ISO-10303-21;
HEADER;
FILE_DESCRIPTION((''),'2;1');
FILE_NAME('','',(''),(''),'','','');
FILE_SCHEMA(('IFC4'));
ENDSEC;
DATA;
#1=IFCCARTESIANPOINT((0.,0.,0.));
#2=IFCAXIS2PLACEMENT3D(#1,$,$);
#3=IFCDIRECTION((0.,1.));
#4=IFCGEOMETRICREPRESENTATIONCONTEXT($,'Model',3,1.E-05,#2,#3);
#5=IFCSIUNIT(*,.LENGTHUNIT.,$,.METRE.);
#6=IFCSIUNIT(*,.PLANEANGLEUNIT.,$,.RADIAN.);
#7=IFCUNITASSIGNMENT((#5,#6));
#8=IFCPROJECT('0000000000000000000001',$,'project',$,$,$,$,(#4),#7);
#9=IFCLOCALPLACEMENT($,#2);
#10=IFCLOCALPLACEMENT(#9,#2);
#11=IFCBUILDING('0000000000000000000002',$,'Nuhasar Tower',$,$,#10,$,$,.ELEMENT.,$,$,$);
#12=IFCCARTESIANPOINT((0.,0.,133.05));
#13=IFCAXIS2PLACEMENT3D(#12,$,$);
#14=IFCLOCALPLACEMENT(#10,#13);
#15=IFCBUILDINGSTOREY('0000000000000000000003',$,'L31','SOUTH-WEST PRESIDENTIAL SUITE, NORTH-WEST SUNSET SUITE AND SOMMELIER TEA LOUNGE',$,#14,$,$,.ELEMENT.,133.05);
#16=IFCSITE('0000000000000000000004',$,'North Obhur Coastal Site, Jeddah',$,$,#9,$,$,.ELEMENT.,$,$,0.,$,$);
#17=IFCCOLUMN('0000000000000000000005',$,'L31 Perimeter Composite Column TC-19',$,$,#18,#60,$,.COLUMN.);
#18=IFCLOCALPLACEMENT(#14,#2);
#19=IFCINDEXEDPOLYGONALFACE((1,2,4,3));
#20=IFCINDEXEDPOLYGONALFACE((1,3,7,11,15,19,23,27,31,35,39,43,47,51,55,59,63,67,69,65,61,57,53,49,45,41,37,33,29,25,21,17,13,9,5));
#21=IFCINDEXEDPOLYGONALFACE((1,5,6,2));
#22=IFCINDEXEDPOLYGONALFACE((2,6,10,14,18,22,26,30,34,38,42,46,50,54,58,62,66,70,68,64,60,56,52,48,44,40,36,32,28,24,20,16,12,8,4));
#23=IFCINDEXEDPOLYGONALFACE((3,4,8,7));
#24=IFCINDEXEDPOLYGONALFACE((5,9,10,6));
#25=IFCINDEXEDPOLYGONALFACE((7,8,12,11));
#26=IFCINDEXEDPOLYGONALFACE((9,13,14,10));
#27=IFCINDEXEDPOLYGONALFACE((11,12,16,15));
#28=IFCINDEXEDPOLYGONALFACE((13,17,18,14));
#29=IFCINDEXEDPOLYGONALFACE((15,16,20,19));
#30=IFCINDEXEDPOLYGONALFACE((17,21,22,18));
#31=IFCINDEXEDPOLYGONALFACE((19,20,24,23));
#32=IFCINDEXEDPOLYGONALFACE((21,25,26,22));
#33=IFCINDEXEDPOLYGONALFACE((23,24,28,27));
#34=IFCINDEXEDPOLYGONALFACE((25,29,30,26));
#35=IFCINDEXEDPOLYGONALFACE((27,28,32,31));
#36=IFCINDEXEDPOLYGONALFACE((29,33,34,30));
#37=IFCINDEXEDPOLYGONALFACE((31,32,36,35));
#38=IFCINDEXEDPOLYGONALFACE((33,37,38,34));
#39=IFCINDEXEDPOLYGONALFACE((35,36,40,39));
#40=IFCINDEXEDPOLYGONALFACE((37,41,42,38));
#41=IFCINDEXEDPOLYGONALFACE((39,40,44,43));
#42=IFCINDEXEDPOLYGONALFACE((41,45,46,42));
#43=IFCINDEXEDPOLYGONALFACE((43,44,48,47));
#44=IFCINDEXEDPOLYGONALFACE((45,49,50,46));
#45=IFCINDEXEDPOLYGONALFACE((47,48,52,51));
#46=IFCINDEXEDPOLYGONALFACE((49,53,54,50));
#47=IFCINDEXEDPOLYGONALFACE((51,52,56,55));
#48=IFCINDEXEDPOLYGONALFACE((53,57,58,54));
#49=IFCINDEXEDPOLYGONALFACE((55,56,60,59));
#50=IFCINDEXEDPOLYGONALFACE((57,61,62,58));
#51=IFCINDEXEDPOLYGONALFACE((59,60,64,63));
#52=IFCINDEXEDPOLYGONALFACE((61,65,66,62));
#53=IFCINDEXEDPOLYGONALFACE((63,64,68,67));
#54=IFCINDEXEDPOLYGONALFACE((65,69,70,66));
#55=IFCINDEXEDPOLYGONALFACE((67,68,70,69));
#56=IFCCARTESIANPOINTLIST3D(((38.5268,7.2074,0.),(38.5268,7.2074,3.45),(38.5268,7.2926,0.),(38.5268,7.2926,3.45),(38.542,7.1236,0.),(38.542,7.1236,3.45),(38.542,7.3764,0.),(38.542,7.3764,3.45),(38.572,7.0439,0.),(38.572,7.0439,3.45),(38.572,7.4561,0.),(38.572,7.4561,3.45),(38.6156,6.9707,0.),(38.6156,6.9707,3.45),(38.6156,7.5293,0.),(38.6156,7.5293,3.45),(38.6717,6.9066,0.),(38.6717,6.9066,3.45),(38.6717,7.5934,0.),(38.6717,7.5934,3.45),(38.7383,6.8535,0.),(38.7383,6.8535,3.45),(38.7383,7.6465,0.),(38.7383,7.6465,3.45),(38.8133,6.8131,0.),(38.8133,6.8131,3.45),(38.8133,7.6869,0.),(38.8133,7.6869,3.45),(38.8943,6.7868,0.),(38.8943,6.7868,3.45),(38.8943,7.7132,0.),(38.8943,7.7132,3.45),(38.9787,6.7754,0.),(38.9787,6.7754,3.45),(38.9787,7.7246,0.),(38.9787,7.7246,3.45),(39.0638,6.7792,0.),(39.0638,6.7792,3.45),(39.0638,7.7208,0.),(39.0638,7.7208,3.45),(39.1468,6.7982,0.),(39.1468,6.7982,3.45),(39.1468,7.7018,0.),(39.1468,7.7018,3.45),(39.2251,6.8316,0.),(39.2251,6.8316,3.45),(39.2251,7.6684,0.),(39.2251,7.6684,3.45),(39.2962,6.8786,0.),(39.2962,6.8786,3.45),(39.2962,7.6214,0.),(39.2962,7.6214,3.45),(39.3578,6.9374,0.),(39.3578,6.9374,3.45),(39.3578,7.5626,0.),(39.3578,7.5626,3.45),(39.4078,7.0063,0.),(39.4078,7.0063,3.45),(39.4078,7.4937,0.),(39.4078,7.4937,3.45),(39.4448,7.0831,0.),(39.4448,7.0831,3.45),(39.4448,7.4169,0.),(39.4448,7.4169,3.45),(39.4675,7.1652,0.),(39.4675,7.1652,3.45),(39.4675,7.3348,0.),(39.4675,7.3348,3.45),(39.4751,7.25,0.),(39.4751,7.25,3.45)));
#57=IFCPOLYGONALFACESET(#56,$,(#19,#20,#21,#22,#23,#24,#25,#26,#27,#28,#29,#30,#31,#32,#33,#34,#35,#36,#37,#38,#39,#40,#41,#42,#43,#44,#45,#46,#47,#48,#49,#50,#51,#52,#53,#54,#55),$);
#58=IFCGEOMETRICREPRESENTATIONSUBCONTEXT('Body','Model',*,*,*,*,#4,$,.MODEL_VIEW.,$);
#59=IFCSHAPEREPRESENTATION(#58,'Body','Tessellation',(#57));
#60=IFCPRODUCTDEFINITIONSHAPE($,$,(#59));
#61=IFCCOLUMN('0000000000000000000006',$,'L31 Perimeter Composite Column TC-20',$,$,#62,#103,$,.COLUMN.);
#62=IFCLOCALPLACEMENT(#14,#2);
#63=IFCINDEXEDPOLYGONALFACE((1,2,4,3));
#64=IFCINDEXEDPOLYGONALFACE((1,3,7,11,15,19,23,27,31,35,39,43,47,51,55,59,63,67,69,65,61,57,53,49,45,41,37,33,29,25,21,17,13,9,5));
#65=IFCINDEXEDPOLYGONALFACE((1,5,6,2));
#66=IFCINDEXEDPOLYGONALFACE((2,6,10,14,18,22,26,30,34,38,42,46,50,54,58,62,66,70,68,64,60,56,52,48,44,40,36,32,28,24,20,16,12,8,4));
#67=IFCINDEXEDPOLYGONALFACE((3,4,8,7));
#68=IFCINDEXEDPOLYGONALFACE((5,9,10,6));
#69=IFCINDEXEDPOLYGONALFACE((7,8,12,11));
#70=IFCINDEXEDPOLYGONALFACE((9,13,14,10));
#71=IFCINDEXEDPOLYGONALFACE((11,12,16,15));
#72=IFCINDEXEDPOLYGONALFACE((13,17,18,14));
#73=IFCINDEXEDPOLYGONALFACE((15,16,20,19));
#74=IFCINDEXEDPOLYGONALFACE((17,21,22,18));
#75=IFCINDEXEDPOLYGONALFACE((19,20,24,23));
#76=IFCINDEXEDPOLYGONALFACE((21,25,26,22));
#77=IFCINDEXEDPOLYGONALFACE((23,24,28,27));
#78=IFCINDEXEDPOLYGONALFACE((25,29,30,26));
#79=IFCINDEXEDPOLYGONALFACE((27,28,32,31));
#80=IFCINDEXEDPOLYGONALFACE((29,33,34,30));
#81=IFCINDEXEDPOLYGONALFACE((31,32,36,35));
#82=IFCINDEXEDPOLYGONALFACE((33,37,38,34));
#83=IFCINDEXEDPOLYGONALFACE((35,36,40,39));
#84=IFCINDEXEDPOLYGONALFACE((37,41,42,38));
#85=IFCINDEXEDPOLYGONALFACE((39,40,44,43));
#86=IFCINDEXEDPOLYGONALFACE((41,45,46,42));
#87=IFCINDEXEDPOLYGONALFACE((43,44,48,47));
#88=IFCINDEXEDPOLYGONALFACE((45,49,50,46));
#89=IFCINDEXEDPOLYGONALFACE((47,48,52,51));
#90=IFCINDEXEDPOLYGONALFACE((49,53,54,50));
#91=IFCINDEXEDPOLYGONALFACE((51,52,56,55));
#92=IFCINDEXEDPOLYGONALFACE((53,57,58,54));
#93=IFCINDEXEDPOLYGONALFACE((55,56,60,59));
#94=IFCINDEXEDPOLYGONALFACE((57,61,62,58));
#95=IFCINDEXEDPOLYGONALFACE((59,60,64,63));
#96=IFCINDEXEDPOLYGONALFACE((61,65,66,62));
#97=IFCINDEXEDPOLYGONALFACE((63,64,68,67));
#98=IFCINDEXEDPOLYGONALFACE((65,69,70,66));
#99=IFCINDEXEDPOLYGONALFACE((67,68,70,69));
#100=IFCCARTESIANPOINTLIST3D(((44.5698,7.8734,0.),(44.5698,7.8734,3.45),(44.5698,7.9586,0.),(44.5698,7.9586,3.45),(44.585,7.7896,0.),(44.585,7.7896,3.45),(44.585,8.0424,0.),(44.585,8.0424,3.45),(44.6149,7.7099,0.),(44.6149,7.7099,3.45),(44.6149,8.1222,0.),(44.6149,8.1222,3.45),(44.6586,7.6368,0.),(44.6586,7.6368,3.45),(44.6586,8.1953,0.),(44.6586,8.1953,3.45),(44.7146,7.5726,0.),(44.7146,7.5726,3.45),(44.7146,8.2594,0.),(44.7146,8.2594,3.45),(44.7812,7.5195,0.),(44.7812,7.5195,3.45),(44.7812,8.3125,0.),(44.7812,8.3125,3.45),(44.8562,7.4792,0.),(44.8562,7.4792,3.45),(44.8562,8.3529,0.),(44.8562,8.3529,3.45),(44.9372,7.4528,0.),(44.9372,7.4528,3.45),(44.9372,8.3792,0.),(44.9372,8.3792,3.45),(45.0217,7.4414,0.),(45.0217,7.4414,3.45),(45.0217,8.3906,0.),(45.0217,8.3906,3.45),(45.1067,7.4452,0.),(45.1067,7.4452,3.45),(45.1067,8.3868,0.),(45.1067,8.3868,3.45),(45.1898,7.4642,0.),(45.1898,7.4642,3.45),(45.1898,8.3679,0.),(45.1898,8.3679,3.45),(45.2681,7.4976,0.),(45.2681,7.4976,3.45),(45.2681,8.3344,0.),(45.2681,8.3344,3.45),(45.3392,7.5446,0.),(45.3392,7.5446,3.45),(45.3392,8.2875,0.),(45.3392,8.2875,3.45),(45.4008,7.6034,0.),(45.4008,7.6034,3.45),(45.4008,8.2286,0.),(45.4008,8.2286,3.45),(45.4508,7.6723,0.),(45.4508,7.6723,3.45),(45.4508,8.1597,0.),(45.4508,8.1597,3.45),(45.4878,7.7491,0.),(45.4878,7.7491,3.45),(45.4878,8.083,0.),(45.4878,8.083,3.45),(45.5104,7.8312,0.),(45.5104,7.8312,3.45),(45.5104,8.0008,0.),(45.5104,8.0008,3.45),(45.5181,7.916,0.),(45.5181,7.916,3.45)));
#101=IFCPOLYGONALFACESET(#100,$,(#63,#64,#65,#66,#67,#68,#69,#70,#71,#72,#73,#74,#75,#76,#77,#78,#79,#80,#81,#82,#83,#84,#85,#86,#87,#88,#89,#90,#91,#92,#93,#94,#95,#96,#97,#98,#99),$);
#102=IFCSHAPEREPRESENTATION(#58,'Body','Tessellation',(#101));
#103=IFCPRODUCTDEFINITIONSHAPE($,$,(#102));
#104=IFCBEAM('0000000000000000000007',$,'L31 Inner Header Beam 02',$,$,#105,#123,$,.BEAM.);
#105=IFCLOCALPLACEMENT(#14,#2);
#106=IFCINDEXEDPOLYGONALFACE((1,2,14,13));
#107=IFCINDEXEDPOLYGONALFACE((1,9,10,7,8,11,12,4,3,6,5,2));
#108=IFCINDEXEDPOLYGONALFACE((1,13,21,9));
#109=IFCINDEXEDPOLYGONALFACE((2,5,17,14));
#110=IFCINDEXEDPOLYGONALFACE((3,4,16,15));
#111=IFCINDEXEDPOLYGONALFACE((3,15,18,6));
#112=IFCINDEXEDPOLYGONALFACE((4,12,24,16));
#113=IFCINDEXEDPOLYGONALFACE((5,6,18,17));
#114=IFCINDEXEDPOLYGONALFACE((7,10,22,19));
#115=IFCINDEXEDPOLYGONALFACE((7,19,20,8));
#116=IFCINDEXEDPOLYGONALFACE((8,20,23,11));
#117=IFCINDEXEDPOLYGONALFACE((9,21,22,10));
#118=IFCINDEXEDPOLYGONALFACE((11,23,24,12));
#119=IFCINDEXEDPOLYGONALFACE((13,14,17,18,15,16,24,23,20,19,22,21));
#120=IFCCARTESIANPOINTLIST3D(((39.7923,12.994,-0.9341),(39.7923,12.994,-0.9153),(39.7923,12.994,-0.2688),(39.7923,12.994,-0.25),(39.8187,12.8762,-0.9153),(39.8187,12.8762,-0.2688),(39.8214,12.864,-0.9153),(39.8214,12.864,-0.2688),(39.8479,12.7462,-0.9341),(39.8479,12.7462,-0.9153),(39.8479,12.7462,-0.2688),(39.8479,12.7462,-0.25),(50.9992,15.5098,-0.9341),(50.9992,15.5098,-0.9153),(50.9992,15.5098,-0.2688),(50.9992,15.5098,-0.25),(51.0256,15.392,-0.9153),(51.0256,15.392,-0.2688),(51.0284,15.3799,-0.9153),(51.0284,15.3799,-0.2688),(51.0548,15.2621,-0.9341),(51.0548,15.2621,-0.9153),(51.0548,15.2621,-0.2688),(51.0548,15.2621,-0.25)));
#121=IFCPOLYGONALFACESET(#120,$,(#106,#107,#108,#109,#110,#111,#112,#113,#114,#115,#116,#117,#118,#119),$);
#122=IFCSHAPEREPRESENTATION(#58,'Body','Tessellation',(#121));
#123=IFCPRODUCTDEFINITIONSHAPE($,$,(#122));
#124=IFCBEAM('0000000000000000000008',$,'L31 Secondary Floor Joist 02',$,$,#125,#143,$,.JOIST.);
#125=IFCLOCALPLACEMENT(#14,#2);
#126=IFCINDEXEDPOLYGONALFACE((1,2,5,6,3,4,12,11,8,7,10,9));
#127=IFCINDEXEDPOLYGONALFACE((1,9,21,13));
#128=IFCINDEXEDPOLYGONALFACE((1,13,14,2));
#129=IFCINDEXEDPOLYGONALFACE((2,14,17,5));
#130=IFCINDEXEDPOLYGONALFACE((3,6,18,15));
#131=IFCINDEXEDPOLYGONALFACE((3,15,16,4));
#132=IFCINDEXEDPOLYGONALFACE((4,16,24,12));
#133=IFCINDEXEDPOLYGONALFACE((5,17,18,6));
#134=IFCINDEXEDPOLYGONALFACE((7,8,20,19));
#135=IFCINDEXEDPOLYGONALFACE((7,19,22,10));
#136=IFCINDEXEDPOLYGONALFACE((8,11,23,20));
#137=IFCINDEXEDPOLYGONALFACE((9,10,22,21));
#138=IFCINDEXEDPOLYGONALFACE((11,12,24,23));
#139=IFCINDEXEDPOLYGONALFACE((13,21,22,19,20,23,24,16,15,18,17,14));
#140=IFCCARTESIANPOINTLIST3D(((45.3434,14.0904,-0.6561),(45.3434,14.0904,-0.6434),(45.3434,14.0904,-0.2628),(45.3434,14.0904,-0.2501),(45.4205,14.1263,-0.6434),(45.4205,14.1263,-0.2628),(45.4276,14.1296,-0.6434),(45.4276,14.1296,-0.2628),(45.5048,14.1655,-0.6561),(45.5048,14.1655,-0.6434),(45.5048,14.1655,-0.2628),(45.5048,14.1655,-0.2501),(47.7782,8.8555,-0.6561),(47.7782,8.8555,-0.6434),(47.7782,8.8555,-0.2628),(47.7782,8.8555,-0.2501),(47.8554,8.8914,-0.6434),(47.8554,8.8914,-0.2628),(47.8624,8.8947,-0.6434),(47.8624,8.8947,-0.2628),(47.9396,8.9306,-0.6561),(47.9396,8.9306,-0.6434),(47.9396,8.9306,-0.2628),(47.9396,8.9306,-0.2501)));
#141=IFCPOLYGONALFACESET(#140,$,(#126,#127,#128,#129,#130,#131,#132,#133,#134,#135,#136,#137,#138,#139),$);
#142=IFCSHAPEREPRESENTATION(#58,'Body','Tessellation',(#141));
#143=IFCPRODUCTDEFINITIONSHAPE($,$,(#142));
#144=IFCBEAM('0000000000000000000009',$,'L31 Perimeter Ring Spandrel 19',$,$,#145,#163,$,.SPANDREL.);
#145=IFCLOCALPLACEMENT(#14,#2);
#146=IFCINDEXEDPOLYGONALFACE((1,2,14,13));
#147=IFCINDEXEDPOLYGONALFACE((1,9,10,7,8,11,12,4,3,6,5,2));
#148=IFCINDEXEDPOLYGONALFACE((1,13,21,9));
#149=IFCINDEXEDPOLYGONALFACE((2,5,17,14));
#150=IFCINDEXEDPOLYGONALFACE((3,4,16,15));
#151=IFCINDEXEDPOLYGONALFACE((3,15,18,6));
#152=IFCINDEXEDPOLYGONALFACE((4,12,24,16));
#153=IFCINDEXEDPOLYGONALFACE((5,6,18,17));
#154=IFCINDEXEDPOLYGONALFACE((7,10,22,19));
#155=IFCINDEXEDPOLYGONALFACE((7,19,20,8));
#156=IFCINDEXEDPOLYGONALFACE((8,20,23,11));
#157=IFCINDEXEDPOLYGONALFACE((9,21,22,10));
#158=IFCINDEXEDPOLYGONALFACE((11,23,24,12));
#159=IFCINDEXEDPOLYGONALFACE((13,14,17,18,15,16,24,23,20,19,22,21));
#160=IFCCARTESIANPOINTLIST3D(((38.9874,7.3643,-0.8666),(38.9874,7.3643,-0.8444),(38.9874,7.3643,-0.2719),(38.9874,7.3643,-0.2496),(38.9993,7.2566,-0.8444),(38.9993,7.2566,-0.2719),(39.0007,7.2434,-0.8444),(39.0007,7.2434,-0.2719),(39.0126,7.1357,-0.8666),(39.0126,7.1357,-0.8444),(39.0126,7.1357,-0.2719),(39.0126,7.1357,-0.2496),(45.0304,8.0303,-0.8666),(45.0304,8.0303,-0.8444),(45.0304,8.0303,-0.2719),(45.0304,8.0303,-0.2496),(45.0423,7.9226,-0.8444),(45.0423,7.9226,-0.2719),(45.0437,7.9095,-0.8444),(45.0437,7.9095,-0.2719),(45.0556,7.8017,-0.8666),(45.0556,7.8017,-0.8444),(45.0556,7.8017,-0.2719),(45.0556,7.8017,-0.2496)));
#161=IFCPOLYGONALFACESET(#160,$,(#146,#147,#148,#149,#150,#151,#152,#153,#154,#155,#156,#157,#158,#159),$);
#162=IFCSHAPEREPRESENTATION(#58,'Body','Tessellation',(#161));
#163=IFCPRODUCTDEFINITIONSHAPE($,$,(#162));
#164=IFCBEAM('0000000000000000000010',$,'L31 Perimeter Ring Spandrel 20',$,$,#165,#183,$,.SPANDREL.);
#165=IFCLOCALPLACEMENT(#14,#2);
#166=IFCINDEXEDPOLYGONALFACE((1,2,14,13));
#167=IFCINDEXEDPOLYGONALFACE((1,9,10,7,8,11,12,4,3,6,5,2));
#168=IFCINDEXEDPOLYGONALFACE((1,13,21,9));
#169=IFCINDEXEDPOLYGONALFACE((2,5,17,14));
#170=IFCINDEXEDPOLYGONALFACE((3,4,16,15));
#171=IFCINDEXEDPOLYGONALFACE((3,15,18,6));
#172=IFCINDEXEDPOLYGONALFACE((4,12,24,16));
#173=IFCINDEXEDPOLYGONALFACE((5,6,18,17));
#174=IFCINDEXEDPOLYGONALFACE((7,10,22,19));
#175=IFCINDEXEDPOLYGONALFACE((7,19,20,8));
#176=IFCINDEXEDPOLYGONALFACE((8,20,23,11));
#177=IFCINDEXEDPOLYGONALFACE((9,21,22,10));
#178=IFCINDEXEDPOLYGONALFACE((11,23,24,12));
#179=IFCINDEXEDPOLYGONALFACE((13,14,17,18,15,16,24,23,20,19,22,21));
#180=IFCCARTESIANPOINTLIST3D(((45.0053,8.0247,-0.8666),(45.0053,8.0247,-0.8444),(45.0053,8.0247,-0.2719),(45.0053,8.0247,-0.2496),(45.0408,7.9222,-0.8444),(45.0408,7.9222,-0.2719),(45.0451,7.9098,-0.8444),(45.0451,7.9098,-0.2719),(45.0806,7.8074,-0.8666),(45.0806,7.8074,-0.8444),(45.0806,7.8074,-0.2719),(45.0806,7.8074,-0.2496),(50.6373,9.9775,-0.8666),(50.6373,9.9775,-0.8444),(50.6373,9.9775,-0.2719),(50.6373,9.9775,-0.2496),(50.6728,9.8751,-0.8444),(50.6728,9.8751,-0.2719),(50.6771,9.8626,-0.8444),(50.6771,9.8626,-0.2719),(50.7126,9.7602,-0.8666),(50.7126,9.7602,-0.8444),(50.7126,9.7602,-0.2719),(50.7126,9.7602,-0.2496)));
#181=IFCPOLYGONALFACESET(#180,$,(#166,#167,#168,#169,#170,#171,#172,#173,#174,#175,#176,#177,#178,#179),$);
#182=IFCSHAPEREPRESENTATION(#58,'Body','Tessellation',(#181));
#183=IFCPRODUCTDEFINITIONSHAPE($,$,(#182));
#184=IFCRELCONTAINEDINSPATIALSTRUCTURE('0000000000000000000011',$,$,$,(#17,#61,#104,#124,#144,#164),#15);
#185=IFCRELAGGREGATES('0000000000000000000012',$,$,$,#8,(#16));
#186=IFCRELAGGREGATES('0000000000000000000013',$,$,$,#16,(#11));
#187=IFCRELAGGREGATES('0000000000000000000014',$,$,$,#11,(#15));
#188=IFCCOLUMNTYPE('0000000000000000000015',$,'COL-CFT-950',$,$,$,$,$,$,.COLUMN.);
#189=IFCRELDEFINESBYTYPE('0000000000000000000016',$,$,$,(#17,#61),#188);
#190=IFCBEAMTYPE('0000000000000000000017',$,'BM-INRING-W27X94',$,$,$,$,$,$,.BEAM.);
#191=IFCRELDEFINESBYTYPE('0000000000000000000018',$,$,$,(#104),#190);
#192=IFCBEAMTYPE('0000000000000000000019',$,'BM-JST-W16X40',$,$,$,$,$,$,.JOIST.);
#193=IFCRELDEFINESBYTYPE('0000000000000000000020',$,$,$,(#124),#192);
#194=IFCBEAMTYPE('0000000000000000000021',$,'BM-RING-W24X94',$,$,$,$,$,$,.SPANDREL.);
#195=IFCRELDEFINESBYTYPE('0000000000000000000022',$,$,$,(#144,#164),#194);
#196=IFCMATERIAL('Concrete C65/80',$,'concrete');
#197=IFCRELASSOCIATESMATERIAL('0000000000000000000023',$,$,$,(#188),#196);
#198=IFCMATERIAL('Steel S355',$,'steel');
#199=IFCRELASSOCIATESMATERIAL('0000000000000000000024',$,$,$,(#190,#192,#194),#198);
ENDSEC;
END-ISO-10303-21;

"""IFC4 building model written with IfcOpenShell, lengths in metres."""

from ifc_helpers import new_model, si_unit, direction, frame, origin, origin_2d, place, context, subcontext, project, spatial, circle, i_section, extrude, material, material_profile, profile_set, type_object, element, save


model = new_model("IFC4")

# Units and contexts
model_context = context("Model", 3, precision=1e-05, world=origin(), true_north=direction((0.0, 1.0)))
body_context = subcontext(model_context, "Body", "Model", "MODEL_VIEW")
ifc_project = project(units=[si_unit("LENGTHUNIT", "METRE"), si_unit("PLANEANGLEUNIT", "RADIAN")], contexts=[model_context])

# Site, building, storey
site_placement = place(None, origin())
site = spatial("IfcSite", under=ifc_project, at=site_placement, Name="North Obhur Coastal Site, Jeddah", CompositionType="ELEMENT", RefElevation=0.0)
building_placement = place(site_placement, origin())
building = spatial("IfcBuilding", under=site, at=building_placement, Name="Nuhasar Tower", CompositionType="ELEMENT")
storey_placement = place(building_placement, frame((0.0, 0.0, 133.05)))
storey = spatial("IfcBuildingStorey", under=building, at=storey_placement, Name="L31", Description="SOUTH-WEST PRESIDENTIAL SUITE, NORTH-WEST SUNSET SUITE AND SOMMELIER TEA LOUNGE", CompositionType="ELEMENT", Elevation=133.05)

# Columns
ifc_material_1 = material(Name="Concrete C65/80", Category="concrete")
ifc_material_profile_1 = material_profile(ifc_material_1, circle(Radius=0.4751, at=origin_2d()), Name="CFT950")
ifc_profile_set_1 = profile_set([ifc_material_profile_1], Name="Concrete C65/80")
column_type = type_object("IfcColumnType", Name="COL-CFT-950", PredefinedType="COLUMN", material=ifc_profile_set_1)
for number, where, z_axis, x_axis, name in (
    (1, (39.0, 7.25, 0.0), (0.0, 0.0, 1.0), (1.0, 0.0, 0.0), "L31 Perimeter Composite Column TC-19"),
    (2, (45.043, 7.916, 0.0), (0.0, 0.0, 1.0), (1.0, 0.0, 0.0), "L31 Perimeter Composite Column TC-20"),
):
    element("IfcColumn", number, at=place(storey_placement, frame(where, z_axis=z_axis, x_axis=x_axis)), inside=storey, type_object=column_type, Name=name, PredefinedType="COLUMN", context=body_context, shape_type="SweptSolid", body=[
        extrude(circle(Radius=0.4751, at=origin_2d()), origin(), (0.0, 0.0, 1.0), 3.45),
    ])

# Beams
ifc_material_2 = material(Name="Steel S355", Category="steel")
ifc_material_profile_2 = material_profile(ifc_material_2, i_section(OverallWidth=0.2539, OverallDepth=0.6841, WebThickness=0.0125, FlangeThickness=0.0188, at=origin_2d()), Name="W27X94")
ifc_profile_set_2 = profile_set([ifc_material_profile_2], Name="Steel S355")
beam_type_1 = type_object("IfcBeamType", Name="BM-INRING-W27X94", PredefinedType="BEAM", material=ifc_profile_set_2)
beam_1_placement = place(storey_placement, frame((39.8201, 12.8701, -0.592), z_axis=(0.975716, 0.219039, 0.0), x_axis=(-0.219039, 0.975716, 0.0)))
element("IfcBeam", 3, at=beam_1_placement, inside=storey, type_object=beam_type_1, Name="L31 Inner Header Beam 02", PredefinedType="BEAM", context=body_context, shape_type="SweptSolid", body=[
    extrude(i_section(OverallWidth=0.2539, OverallDepth=0.6841, WebThickness=0.0125, FlangeThickness=0.0188, at=origin_2d()), origin(), (0.0, 0.0, 1.0), 11.4858),
])
ifc_material_profile_3 = material_profile(ifc_material_2, i_section(OverallWidth=0.178, OverallDepth=0.406, WebThickness=0.0078, FlangeThickness=0.0127, at=origin_2d()), Name="W16X40")
ifc_profile_set_3 = profile_set([ifc_material_profile_3], Name="Steel S355")
beam_type_2 = type_object("IfcBeamType", Name="BM-JST-W16X40", PredefinedType="JOIST", material=ifc_profile_set_3)
beam_2_placement = place(storey_placement, frame((45.4241, 14.1279, -0.4531), z_axis=(0.42173, -0.906721, 0.0), x_axis=(0.906721, 0.42173, 0.0)))
element("IfcBeam", 4, at=beam_2_placement, inside=storey, type_object=beam_type_2, Name="L31 Secondary Floor Joist 02", PredefinedType="JOIST", context=body_context, shape_type="SweptSolid", body=[
    extrude(i_section(OverallWidth=0.178, OverallDepth=0.406, WebThickness=0.0078, FlangeThickness=0.0127, at=origin_2d()), origin(), (0.0, 0.0, 1.0), 5.7734),
])
ifc_material_profile_4 = material_profile(ifc_material_2, i_section(OverallWidth=0.23, OverallDepth=0.6169, WebThickness=0.0132, FlangeThickness=0.0222, at=origin_2d()), Name="W24X94")
ifc_profile_set_4 = profile_set([ifc_material_profile_4], Name="Steel S355")
beam_type_3 = type_object("IfcBeamType", Name="BM-RING-W24X94", PredefinedType="SPANDREL", material=ifc_profile_set_4)
beam_3_placement = place(storey_placement, frame((39.0, 7.25, -0.5581), z_axis=(0.993981, 0.10955, 0.0), x_axis=(-0.10955, 0.993981, 0.0)))
element("IfcBeam", 5, at=beam_3_placement, inside=storey, type_object=beam_type_3, Name="L31 Perimeter Ring Spandrel 19", PredefinedType="SPANDREL", context=body_context, shape_type="SweptSolid", body=[
    extrude(i_section(OverallWidth=0.23, OverallDepth=0.6169, WebThickness=0.0132, FlangeThickness=0.0222, at=origin_2d()), origin(), (0.0, 0.0, 1.0), 6.0796),
])
beam_4_placement = place(storey_placement, frame((45.043, 7.916, -0.5581), z_axis=(0.944814, 0.327607, 0.0), x_axis=(-0.327607, 0.944814, 0.0)))
element("IfcBeam", 6, at=beam_4_placement, inside=storey, type_object=beam_type_3, Name="L31 Perimeter Ring Spandrel 20", PredefinedType="SPANDREL", context=body_context, shape_type="SweptSolid", body=[
    extrude(i_section(OverallWidth=0.23, OverallDepth=0.6169, WebThickness=0.0132, FlangeThickness=0.0222, at=origin_2d()), origin(), (0.0, 0.0, 1.0), 5.9609),
])

save(model, "model.ifc")
